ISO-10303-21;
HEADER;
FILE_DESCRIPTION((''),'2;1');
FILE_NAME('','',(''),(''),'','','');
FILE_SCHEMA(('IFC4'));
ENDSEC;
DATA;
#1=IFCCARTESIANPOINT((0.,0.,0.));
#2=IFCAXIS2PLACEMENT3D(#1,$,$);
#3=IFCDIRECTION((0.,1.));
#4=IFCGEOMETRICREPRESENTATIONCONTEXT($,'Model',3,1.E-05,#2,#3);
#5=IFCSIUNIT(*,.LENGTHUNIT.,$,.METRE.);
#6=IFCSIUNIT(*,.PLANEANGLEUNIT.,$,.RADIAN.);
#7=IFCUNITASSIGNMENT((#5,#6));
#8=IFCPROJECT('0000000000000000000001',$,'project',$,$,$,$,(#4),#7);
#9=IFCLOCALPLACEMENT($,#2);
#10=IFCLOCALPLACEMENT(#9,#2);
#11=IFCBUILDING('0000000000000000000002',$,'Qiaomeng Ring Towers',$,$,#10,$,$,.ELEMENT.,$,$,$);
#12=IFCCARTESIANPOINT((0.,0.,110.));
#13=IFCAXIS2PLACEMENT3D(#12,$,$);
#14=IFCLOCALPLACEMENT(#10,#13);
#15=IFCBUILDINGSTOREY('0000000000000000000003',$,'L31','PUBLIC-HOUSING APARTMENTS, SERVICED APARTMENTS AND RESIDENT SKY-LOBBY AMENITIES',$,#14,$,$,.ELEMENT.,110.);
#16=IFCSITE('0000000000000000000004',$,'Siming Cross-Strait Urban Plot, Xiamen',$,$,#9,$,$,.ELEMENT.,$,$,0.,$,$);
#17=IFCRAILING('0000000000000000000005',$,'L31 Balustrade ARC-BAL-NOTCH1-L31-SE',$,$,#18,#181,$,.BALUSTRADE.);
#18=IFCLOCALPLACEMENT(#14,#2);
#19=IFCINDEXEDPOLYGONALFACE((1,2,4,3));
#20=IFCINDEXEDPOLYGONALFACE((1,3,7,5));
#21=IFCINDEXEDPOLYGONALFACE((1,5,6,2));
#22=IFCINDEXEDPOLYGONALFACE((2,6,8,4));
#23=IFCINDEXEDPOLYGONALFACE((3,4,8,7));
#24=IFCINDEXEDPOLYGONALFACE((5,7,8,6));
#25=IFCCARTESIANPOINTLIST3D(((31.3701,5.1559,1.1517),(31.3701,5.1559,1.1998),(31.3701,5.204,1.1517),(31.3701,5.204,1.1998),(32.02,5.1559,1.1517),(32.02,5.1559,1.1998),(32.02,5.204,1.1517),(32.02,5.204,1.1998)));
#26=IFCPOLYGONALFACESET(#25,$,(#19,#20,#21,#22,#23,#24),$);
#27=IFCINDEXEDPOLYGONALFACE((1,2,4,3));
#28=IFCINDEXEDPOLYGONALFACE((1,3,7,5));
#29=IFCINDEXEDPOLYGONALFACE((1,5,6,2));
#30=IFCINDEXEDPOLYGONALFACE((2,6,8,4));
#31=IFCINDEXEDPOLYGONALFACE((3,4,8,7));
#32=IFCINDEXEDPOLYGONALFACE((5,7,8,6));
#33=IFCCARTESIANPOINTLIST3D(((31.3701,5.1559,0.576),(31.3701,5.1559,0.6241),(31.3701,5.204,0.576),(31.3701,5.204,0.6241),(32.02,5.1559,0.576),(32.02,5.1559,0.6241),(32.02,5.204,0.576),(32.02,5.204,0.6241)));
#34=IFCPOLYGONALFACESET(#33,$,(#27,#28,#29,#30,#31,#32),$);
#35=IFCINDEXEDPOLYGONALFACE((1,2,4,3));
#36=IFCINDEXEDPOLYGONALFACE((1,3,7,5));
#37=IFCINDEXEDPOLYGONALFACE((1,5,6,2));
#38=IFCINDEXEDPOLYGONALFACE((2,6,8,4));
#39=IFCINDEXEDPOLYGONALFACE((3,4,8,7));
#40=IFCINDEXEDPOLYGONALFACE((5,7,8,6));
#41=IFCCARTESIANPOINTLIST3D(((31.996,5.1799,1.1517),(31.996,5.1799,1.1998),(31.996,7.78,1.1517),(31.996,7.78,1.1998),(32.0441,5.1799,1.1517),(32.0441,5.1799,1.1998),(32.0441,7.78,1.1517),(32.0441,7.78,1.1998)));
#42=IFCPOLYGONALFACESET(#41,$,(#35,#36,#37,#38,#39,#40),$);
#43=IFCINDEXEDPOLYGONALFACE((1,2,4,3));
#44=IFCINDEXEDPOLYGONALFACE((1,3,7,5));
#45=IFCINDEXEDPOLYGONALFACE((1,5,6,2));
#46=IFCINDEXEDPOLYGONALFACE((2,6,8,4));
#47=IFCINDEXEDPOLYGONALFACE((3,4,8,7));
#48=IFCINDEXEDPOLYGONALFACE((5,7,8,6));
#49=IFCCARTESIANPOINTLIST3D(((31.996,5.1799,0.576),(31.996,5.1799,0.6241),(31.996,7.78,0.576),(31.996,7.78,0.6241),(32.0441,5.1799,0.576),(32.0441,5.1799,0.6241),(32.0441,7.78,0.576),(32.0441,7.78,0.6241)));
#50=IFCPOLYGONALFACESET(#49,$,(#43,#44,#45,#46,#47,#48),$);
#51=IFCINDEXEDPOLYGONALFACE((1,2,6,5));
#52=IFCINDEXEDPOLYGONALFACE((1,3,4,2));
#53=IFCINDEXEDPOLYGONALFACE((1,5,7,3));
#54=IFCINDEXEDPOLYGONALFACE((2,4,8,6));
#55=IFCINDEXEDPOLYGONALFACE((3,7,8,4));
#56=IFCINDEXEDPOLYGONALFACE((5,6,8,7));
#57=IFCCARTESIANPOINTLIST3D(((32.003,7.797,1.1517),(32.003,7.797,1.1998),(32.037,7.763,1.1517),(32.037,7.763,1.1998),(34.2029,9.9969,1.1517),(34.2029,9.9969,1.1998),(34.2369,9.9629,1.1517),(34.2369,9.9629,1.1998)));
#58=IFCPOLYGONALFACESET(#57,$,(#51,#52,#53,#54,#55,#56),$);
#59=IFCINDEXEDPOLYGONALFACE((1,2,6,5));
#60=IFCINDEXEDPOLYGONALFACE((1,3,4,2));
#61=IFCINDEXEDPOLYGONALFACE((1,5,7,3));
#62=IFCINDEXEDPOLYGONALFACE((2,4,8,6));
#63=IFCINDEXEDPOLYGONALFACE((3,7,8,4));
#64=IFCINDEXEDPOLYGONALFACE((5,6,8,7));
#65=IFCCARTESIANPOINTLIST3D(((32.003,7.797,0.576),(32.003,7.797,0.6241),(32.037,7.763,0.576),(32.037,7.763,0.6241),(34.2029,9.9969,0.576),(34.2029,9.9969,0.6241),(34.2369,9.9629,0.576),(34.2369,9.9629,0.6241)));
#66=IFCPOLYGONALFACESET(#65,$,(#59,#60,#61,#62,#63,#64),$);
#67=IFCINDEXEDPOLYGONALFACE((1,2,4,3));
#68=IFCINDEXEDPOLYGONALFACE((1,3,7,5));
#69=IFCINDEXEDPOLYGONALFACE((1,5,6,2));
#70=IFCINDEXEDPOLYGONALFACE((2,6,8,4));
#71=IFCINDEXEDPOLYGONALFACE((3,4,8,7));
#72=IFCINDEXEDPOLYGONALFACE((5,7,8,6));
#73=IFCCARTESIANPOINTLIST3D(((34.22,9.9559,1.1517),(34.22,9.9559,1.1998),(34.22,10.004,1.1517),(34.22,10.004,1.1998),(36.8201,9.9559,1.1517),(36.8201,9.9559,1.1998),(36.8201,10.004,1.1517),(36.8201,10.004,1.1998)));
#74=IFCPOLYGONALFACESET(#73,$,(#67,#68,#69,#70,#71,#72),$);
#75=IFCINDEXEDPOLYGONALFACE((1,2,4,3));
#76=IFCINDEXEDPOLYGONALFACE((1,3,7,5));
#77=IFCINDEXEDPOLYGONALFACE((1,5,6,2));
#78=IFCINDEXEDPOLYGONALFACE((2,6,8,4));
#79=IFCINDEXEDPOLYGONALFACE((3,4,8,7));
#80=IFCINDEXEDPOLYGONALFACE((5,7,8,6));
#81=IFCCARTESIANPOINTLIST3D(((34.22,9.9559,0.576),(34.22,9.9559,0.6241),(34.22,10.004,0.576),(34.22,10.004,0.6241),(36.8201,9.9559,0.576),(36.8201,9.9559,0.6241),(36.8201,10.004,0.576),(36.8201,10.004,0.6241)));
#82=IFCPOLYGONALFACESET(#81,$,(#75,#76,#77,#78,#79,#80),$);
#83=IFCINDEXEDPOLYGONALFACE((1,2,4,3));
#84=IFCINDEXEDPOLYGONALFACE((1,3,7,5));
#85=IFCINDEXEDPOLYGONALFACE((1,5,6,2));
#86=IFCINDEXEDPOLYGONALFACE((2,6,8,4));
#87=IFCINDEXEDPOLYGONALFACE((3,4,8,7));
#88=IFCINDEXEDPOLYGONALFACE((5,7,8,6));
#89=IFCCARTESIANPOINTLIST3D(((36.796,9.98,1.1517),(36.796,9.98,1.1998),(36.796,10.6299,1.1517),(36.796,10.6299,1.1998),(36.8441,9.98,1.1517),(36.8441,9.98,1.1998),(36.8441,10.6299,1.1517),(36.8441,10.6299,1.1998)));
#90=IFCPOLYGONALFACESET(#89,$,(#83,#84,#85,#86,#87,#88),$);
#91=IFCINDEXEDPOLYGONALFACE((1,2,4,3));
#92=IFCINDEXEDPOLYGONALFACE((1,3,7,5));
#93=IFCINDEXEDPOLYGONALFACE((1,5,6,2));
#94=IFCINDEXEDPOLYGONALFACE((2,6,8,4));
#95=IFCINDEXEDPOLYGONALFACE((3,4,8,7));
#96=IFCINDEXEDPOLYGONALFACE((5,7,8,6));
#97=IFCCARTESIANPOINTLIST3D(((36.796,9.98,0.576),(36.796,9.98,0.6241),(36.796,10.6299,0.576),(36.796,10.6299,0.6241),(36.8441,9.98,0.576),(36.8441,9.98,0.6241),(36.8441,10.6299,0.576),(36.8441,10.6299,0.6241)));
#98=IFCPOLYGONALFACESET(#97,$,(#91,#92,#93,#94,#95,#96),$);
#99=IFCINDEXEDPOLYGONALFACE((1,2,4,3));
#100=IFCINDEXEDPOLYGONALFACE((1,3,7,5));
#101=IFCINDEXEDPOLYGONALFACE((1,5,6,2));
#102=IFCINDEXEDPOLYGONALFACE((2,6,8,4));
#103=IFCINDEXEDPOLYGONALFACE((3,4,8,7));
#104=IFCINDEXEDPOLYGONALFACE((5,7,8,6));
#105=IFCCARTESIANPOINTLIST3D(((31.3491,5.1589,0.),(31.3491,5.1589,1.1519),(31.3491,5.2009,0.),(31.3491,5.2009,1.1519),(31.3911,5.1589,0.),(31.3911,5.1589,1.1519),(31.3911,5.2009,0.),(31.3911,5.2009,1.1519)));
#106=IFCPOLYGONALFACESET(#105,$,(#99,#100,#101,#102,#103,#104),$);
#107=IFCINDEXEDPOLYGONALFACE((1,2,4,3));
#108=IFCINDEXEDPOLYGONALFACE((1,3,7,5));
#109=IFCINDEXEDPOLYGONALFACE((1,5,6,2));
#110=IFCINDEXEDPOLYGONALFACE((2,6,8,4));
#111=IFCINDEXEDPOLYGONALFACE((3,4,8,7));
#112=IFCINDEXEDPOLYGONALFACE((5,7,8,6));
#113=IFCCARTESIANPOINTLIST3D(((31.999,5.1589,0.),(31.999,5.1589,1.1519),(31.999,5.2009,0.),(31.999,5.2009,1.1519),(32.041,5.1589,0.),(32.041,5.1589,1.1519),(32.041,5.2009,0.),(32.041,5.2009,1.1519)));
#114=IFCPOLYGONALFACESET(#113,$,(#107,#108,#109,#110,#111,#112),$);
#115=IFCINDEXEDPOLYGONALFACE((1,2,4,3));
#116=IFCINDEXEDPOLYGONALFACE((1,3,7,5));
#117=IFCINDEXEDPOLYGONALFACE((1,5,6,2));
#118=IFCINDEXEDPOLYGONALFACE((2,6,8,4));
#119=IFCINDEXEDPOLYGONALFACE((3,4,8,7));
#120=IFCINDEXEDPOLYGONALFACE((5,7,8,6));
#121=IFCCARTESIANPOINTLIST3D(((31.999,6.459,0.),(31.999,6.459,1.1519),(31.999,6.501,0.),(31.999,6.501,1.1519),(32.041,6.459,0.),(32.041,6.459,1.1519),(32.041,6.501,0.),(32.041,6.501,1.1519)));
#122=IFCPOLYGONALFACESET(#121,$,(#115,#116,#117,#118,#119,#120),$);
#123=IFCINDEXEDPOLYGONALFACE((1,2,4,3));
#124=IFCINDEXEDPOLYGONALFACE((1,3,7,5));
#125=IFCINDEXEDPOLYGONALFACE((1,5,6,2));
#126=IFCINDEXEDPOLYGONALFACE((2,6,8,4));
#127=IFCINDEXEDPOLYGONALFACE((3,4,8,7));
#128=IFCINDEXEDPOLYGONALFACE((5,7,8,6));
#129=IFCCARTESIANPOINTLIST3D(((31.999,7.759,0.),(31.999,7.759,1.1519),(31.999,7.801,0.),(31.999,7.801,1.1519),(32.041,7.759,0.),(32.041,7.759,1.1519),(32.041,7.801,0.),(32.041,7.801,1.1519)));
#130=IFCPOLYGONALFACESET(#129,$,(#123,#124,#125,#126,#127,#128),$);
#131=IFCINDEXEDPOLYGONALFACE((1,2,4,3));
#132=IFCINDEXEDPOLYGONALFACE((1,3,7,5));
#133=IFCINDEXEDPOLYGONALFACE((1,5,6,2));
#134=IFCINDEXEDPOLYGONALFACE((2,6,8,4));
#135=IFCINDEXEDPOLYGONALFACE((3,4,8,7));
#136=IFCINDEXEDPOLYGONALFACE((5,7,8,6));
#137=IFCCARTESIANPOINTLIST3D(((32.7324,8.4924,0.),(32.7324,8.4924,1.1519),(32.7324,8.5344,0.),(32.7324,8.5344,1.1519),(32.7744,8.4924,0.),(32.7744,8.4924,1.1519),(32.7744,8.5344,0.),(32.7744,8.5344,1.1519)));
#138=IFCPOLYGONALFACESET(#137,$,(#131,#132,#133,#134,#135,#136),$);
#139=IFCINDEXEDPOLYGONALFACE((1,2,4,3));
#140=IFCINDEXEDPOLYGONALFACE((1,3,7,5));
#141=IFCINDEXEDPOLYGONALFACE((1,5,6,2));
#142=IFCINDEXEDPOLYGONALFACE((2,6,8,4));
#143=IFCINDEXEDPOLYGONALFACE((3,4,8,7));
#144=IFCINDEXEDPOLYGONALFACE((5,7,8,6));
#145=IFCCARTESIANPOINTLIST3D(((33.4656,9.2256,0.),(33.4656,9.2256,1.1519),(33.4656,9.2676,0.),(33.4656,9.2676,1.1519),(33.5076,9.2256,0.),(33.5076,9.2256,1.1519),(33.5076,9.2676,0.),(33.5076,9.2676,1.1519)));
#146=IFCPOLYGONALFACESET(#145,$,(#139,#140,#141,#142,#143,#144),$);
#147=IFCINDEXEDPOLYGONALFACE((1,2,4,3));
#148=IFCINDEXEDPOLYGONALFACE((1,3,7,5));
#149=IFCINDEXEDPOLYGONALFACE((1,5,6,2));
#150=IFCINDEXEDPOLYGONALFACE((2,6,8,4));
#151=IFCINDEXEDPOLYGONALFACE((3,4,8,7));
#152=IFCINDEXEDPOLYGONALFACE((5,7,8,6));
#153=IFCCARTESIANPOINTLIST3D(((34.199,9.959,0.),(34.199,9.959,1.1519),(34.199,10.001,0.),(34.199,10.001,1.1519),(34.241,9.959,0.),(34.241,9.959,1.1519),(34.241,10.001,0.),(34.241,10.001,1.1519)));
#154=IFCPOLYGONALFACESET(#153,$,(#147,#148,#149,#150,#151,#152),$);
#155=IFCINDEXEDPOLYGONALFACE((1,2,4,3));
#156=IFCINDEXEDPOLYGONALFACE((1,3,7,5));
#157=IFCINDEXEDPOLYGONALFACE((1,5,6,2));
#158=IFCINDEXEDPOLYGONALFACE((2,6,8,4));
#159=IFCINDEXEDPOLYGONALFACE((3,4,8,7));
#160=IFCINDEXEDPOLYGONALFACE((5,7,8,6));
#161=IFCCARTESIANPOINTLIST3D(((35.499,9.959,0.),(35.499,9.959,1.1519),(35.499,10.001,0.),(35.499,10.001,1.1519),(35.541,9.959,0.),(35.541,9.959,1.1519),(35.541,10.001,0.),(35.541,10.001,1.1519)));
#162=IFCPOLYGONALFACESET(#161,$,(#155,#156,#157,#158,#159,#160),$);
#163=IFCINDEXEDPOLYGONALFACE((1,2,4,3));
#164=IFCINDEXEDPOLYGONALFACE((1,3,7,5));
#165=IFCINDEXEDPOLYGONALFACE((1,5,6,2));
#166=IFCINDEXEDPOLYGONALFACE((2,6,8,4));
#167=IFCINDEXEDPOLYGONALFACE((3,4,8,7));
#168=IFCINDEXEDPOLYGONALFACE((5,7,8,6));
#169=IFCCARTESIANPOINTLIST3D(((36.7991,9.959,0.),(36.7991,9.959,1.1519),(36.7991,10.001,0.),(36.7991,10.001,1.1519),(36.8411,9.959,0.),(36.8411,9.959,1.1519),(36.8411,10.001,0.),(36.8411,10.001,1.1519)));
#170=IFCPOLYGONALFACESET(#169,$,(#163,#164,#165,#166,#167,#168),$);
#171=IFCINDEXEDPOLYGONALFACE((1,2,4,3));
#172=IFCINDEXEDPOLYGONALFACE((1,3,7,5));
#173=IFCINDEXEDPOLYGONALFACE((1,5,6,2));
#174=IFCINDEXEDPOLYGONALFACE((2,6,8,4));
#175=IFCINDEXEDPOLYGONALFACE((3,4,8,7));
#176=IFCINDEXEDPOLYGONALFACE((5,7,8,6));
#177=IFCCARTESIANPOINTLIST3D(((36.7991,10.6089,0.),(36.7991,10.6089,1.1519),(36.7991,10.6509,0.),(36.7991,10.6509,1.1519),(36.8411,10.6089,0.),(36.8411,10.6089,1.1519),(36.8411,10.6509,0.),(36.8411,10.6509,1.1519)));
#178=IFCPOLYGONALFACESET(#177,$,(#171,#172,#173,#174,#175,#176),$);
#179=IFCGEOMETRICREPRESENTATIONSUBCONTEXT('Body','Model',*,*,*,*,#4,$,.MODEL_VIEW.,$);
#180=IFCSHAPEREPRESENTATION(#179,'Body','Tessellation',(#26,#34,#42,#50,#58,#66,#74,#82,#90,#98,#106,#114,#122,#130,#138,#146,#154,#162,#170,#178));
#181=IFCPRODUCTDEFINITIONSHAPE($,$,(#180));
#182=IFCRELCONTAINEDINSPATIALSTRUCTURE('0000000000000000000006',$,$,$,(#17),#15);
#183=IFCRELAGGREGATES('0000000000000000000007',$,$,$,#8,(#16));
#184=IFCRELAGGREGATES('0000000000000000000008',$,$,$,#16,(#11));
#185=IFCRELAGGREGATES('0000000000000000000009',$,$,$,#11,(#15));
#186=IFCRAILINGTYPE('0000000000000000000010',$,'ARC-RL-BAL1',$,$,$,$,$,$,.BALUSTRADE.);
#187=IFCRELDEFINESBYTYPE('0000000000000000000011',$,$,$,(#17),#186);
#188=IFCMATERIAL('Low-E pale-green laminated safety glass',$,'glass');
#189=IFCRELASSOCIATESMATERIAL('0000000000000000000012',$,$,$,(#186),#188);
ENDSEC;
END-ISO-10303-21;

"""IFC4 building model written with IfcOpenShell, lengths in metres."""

from ifc_helpers import new_model, si_unit, direction, frame, origin, origin_2d, place, context, subcontext, project, spatial, rectangle, extrude, material, type_object, element, save


model = new_model("IFC4")

# Units and contexts
model_context = context("Model", 3, precision=1e-05, world=origin(), true_north=direction((0.0, 1.0)))
body_context = subcontext(model_context, "Body", "Model", "MODEL_VIEW")
ifc_project = project(units=[si_unit("LENGTHUNIT", "METRE"), si_unit("PLANEANGLEUNIT", "RADIAN")], contexts=[model_context])

# Site, building, storey
site_placement = place(None, origin())
site = spatial("IfcSite", under=ifc_project, at=site_placement, Name="Siming Cross-Strait Urban Plot, Xiamen", CompositionType="ELEMENT", RefElevation=0.0)
building_placement = place(site_placement, origin())
building = spatial("IfcBuilding", under=site, at=building_placement, Name="Qiaomeng Ring Towers", CompositionType="ELEMENT")
storey_placement = place(building_placement, frame((0.0, 0.0, 110.0)))
storey = spatial("IfcBuildingStorey", under=building, at=storey_placement, Name="L31", Description="PUBLIC-HOUSING APARTMENTS, SERVICED APARTMENTS AND RESIDENT SKY-LOBBY AMENITIES", CompositionType="ELEMENT", Elevation=110.0)

# Railing
ifc_material_1 = material(Name="Low-E pale-green laminated safety glass", Category="glass")
railing_type = type_object("IfcRailingType", Name="ARC-RL-BAL1", PredefinedType="BALUSTRADE", material=ifc_material_1)
railing_placement = place(storey_placement, frame((31.3701, 5.1799, 0.0)))
element("IfcRailing", 1, at=railing_placement, inside=storey, type_object=railing_type, Name="L31 Balustrade ARC-BAL-NOTCH1-L31-SE", PredefinedType="BALUSTRADE", context=body_context, shape_type="SweptSolid", body=[
    extrude(rectangle(XDim=0.0481, YDim=0.0481, at=origin_2d()), frame((0.0, 0.0, 1.1758), z_axis=(1.0, 0.0, 0.0), x_axis=(0.0, 1.0, 0.0)), (0.0, 0.0, 1.0), 0.6499),
    extrude(rectangle(XDim=0.0481, YDim=0.0481, at=origin_2d()), frame((0.0, 0.0, 0.6001), z_axis=(1.0, 0.0, 0.0), x_axis=(0.0, 1.0, 0.0)), (0.0, 0.0, 1.0), 0.6499),
    extrude(rectangle(XDim=0.0481, YDim=0.0481, at=origin_2d()), frame((0.6499, 0.0, 1.1758), z_axis=(0.0, 1.0, 0.0), x_axis=(-1.0, 0.0, 0.0)), (0.0, 0.0, 1.0), 2.6001),
    extrude(rectangle(XDim=0.0481, YDim=0.0481, at=origin_2d()), frame((0.6499, 0.0, 0.6001), z_axis=(0.0, 1.0, 0.0), x_axis=(-1.0, 0.0, 0.0)), (0.0, 0.0, 1.0), 2.6001),
    extrude(rectangle(XDim=0.0481, YDim=0.0481, at=origin_2d()), frame((0.6499, 2.6001, 1.1758), z_axis=(0.707107, 0.707107, 0.0), x_axis=(-0.707107, 0.707107, 0.0)), (0.0, 0.0, 1.0), 3.1111),
    extrude(rectangle(XDim=0.0481, YDim=0.0481, at=origin_2d()), frame((0.6499, 2.6001, 0.6001), z_axis=(0.707107, 0.707107, 0.0), x_axis=(-0.707107, 0.707107, 0.0)), (0.0, 0.0, 1.0), 3.1111),
    extrude(rectangle(XDim=0.0481, YDim=0.0481, at=origin_2d()), frame((2.8499, 4.8, 1.1758), z_axis=(1.0, 0.0, 0.0), x_axis=(0.0, 1.0, 0.0)), (0.0, 0.0, 1.0), 2.6001),
    extrude(rectangle(XDim=0.0481, YDim=0.0481, at=origin_2d()), frame((2.8499, 4.8, 0.6001), z_axis=(1.0, 0.0, 0.0), x_axis=(0.0, 1.0, 0.0)), (0.0, 0.0, 1.0), 2.6001),
    extrude(rectangle(XDim=0.0481, YDim=0.0481, at=origin_2d()), frame((5.45, 4.8, 1.1758), z_axis=(0.0, 1.0, 0.0), x_axis=(-1.0, 0.0, 0.0)), (0.0, 0.0, 1.0), 0.6499),
    extrude(rectangle(XDim=0.0481, YDim=0.0481, at=origin_2d()), frame((5.45, 4.8, 0.6001), z_axis=(0.0, 1.0, 0.0), x_axis=(-1.0, 0.0, 0.0)), (0.0, 0.0, 1.0), 0.6499),
    extrude(rectangle(XDim=0.042, YDim=0.042, at=origin_2d()), origin(), (0.0, 0.0, 1.0), 1.1519),
    extrude(rectangle(XDim=0.042, YDim=0.042, at=origin_2d()), frame((0.6499, 0.0, 0.0)), (0.0, 0.0, 1.0), 1.1519),
    extrude(rectangle(XDim=0.042, YDim=0.042, at=origin_2d()), frame((0.6499, 1.3, 0.0)), (0.0, 0.0, 1.0), 1.1519),
    extrude(rectangle(XDim=0.042, YDim=0.042, at=origin_2d()), frame((0.6499, 2.6001, 0.0)), (0.0, 0.0, 1.0), 1.1519),
    extrude(rectangle(XDim=0.042, YDim=0.042, at=origin_2d()), frame((1.3833, 3.3335, 0.0)), (0.0, 0.0, 1.0), 1.1519),
    extrude(rectangle(XDim=0.042, YDim=0.042, at=origin_2d()), frame((2.1165, 4.0667, 0.0)), (0.0, 0.0, 1.0), 1.1519),
    extrude(rectangle(XDim=0.042, YDim=0.042, at=origin_2d()), frame((2.8499, 4.8, 0.0)), (0.0, 0.0, 1.0), 1.1519),
    extrude(rectangle(XDim=0.042, YDim=0.042, at=origin_2d()), frame((4.1499, 4.8, 0.0)), (0.0, 0.0, 1.0), 1.1519),
    extrude(rectangle(XDim=0.042, YDim=0.042, at=origin_2d()), frame((5.45, 4.8, 0.0)), (0.0, 0.0, 1.0), 1.1519),
    extrude(rectangle(XDim=0.042, YDim=0.042, at=origin_2d()), frame((5.45, 5.45, 0.0)), (0.0, 0.0, 1.0), 1.1519),
])

save(model, "model.ifc")
